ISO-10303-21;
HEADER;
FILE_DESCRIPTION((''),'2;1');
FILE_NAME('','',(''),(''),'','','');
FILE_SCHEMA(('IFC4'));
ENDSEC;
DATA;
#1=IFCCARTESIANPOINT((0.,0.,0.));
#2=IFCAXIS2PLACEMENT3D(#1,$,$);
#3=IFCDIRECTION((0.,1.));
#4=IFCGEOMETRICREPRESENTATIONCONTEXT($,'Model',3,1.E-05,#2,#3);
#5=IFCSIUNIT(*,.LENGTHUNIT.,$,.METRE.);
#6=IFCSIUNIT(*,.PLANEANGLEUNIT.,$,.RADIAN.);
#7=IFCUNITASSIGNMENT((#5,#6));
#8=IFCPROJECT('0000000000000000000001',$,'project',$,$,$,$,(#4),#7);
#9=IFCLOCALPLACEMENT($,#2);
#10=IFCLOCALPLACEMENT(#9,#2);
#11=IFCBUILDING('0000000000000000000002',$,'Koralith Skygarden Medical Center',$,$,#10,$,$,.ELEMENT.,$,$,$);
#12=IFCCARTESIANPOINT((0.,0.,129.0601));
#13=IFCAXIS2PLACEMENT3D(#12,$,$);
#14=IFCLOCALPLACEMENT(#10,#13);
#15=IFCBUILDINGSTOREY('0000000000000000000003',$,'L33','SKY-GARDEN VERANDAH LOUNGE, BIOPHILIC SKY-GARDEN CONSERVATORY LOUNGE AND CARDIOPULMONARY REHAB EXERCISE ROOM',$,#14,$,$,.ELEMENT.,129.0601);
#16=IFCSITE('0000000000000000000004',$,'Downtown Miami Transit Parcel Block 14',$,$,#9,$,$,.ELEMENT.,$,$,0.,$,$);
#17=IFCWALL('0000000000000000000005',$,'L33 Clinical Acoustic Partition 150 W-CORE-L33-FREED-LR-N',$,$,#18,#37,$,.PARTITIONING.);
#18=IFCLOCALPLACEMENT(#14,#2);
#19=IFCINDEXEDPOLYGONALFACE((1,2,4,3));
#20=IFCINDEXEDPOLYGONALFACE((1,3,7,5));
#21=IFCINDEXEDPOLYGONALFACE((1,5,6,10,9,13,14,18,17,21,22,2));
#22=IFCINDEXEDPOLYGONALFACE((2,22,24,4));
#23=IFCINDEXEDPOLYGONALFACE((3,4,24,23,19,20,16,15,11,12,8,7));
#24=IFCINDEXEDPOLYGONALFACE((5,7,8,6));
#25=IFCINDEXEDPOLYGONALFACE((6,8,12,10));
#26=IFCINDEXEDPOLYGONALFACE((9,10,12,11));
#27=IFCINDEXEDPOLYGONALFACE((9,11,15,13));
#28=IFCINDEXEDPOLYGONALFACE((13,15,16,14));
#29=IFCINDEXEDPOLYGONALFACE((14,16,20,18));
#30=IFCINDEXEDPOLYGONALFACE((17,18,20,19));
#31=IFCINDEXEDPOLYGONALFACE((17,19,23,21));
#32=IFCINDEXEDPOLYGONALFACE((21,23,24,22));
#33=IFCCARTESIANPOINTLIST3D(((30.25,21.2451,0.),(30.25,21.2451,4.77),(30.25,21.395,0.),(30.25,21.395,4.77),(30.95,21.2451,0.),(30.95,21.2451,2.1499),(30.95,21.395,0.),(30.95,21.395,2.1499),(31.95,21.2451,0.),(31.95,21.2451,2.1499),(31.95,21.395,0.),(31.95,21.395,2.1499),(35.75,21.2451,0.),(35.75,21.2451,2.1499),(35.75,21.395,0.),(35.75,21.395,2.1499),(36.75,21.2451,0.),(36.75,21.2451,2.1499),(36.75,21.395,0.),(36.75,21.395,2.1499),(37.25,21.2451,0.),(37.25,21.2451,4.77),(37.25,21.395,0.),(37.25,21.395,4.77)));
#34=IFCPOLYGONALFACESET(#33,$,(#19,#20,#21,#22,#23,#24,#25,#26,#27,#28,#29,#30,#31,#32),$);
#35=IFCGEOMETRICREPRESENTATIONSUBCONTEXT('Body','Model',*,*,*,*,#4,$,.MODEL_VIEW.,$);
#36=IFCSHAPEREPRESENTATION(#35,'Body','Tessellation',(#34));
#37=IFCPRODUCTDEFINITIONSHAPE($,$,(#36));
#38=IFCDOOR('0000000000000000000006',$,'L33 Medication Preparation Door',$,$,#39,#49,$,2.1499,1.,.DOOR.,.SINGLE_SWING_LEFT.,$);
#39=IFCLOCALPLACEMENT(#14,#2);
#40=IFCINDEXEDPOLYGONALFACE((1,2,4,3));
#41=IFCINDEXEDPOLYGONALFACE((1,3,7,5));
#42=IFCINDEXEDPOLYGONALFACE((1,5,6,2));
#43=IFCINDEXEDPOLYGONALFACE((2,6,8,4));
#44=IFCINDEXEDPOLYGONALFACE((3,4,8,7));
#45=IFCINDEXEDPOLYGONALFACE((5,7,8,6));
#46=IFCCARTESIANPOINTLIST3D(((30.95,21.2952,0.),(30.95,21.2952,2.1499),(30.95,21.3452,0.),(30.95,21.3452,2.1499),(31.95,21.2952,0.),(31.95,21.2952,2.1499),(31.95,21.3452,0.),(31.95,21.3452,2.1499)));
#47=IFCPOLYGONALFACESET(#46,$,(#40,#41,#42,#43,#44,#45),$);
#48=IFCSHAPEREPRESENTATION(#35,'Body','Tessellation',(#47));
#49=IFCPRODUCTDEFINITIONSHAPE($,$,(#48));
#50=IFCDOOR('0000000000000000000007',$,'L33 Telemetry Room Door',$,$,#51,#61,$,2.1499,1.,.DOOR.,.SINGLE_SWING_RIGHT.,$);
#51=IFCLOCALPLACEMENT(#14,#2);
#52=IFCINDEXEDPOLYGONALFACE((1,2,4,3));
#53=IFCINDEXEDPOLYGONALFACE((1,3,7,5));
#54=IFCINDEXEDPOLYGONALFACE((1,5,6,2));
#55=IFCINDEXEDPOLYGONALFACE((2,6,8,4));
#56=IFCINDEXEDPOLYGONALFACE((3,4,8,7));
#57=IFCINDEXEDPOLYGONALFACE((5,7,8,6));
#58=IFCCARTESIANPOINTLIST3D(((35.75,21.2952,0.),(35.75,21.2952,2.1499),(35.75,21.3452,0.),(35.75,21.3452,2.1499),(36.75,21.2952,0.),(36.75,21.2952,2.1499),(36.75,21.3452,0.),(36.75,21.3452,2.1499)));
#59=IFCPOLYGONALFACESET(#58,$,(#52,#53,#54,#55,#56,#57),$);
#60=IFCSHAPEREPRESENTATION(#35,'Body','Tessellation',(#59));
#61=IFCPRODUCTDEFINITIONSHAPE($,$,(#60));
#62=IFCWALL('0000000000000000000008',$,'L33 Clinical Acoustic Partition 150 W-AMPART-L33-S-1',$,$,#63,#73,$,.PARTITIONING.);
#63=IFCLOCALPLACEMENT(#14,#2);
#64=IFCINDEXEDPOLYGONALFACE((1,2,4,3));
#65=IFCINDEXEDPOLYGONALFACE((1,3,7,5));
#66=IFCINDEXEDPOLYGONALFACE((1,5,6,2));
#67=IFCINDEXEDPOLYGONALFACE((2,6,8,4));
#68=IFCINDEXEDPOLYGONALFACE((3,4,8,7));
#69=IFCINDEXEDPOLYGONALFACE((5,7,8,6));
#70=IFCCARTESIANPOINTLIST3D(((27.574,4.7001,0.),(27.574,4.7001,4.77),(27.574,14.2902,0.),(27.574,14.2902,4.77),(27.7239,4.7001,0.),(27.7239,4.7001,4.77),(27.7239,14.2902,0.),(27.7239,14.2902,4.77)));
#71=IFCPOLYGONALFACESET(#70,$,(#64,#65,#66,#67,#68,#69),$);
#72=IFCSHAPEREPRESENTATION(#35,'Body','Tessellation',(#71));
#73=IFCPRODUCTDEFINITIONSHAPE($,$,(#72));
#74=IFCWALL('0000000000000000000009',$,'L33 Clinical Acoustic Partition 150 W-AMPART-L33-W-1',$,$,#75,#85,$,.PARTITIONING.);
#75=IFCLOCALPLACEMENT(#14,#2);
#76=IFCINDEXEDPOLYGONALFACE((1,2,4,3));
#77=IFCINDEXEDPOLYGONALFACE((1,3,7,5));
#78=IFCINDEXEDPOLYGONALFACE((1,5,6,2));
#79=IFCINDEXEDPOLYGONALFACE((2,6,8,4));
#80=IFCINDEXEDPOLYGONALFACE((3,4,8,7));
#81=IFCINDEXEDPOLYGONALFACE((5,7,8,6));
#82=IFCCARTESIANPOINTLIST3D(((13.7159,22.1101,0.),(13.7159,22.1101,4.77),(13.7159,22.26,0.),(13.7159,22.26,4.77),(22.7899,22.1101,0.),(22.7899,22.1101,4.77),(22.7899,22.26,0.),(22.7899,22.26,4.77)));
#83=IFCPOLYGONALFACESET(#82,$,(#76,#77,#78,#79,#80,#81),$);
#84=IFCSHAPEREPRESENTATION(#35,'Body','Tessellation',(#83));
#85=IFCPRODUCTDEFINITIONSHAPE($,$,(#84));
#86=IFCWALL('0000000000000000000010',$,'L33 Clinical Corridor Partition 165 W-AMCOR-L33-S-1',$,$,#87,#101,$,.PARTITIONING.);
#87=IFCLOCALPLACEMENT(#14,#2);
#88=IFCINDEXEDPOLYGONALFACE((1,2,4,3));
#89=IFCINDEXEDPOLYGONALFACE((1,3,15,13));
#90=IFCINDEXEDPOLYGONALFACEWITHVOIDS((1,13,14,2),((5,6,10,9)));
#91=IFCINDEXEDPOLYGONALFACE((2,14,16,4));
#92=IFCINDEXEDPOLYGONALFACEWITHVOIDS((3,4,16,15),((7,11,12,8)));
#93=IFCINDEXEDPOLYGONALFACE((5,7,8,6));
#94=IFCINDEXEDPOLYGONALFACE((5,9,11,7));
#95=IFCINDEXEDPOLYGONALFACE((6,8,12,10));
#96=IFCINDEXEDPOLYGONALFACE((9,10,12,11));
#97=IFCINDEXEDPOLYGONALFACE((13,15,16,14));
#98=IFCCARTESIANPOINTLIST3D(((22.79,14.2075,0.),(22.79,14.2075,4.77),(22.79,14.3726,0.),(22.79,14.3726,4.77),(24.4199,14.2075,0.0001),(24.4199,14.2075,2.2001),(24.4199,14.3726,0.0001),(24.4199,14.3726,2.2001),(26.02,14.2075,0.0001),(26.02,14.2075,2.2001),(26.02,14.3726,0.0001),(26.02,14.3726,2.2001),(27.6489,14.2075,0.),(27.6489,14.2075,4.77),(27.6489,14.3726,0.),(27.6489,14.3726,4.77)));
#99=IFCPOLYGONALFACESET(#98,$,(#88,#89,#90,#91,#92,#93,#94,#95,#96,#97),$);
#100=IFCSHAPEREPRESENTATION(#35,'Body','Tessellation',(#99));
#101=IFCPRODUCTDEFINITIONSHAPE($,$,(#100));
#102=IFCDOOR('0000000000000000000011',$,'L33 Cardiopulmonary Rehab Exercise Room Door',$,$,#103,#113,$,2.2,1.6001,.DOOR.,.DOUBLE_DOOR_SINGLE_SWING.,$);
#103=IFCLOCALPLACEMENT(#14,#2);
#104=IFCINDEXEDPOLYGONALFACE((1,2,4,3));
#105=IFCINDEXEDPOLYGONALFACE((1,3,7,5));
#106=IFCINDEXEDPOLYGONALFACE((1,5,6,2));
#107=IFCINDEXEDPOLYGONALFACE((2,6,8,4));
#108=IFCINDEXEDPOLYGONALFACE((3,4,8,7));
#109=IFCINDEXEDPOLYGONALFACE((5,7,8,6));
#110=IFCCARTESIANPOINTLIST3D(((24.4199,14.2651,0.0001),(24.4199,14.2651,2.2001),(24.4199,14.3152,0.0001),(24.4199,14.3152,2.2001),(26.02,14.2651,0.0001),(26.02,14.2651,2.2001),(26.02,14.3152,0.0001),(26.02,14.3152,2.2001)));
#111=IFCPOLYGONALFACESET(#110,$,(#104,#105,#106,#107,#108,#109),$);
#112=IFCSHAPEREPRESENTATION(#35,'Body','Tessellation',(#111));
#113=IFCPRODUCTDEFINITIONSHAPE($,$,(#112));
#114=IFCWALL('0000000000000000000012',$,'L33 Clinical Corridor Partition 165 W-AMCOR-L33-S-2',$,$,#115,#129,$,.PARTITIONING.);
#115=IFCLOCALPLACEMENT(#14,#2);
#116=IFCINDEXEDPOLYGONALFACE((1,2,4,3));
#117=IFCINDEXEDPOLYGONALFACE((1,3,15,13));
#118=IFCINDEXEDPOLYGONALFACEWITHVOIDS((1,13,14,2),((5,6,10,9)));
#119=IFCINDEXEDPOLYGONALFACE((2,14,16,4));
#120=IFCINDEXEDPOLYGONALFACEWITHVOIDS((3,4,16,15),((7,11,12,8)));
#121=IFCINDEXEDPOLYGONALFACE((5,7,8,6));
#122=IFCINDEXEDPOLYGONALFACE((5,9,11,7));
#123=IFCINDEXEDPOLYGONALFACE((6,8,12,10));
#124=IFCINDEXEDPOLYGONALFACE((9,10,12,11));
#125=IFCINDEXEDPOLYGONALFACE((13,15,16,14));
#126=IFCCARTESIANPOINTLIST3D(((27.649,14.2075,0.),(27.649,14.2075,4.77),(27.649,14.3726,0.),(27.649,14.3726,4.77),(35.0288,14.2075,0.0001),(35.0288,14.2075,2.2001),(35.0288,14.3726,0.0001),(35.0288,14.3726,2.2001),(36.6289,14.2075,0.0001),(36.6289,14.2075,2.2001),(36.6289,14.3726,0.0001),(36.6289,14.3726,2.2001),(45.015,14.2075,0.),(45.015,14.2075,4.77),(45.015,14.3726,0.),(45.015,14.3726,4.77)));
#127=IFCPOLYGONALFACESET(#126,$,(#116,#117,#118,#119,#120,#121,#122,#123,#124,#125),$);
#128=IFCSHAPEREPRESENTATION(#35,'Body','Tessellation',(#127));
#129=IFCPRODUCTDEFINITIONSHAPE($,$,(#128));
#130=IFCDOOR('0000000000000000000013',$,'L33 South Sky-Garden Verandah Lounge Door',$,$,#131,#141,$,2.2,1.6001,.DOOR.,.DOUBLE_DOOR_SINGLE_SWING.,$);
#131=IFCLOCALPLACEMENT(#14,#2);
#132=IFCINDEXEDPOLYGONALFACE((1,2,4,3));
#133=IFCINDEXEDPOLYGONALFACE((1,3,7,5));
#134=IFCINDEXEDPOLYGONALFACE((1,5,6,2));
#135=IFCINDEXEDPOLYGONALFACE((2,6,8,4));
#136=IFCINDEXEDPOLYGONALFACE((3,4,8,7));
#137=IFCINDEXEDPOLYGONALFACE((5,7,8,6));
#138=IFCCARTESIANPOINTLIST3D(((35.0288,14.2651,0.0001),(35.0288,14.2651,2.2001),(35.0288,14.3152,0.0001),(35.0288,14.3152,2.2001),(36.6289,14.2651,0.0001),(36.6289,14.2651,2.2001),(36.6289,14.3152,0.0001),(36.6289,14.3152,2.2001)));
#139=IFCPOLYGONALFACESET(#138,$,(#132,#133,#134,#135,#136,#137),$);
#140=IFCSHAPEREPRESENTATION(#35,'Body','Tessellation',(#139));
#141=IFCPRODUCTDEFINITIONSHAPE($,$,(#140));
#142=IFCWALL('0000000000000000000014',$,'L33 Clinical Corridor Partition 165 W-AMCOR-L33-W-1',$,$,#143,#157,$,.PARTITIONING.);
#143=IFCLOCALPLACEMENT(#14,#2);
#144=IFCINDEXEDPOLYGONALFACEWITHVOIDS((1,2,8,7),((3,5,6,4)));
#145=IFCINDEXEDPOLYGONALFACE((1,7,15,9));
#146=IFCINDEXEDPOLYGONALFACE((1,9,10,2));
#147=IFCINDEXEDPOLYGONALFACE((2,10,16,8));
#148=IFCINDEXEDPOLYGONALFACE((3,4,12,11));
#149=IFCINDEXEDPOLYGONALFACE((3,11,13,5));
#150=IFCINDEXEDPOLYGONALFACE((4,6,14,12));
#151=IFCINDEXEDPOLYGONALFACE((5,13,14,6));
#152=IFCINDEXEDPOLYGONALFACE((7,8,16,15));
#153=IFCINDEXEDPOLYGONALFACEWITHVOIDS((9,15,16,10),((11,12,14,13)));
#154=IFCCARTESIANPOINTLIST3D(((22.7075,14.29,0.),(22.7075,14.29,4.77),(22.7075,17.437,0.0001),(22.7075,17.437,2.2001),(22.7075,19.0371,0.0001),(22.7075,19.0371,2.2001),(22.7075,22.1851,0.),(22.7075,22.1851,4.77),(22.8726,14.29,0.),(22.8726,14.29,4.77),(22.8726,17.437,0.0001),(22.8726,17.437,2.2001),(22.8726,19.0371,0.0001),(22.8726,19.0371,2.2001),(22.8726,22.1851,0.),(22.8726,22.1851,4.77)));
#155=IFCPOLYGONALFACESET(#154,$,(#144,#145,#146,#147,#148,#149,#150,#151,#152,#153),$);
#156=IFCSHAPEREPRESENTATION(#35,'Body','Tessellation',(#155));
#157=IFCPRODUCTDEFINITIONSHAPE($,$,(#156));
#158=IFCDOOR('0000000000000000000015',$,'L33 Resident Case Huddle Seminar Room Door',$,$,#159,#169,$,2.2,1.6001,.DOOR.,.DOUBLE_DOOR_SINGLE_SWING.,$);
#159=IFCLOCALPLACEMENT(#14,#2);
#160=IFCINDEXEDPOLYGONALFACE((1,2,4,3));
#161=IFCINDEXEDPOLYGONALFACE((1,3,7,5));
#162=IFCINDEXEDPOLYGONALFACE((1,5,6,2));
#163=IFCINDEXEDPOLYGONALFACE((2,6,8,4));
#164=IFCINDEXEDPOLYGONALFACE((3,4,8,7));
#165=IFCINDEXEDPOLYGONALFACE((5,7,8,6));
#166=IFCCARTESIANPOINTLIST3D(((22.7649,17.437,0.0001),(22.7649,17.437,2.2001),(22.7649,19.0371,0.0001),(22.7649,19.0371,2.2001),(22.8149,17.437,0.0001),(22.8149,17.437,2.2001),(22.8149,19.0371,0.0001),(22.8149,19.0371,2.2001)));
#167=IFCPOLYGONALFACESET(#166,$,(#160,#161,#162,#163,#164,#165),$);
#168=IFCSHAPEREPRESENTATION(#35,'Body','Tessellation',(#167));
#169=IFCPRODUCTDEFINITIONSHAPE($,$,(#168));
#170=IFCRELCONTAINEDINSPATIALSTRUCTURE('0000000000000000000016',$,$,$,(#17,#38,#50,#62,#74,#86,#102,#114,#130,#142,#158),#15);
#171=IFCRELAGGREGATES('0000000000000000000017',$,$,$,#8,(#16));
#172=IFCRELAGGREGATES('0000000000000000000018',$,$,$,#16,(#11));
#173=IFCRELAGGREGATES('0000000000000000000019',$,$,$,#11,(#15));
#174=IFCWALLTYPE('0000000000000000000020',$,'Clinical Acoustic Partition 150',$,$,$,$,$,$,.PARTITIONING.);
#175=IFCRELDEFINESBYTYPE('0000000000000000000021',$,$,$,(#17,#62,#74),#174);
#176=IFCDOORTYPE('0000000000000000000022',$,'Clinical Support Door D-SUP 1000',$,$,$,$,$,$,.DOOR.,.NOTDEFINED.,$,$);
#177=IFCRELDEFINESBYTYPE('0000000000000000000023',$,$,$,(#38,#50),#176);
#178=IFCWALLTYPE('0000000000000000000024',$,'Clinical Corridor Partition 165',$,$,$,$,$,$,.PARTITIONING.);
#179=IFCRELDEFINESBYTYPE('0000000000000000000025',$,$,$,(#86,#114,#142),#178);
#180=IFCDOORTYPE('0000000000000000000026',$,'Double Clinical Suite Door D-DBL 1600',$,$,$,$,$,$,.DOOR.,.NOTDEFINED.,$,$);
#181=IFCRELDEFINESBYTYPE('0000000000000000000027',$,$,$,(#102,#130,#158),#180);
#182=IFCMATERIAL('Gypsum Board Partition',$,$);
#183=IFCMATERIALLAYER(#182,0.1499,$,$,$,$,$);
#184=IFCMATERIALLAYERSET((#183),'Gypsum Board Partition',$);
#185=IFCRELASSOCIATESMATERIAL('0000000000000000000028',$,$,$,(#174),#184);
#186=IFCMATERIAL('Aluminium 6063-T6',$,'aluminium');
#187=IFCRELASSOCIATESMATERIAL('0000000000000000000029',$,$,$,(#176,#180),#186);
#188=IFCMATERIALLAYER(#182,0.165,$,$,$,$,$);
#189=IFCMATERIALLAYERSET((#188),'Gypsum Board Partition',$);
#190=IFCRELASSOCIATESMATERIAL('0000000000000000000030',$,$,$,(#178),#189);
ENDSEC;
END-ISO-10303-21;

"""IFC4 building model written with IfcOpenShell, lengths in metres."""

from ifc_helpers import new_model, si_unit, direction, frame, frame_2d, origin, place, context, subcontext, project, spatial, rectangle, extrude, material, layer, layer_set, type_object, element, fill, save


model = new_model("IFC4")

# Units and contexts
model_context = context("Model", 3, precision=1e-05, world=origin(), true_north=direction((0.0, 1.0)))
body_context = subcontext(model_context, "Body", "Model", "MODEL_VIEW")
ifc_project = project(units=[si_unit("LENGTHUNIT", "METRE"), si_unit("PLANEANGLEUNIT", "RADIAN")], contexts=[model_context])

# Site, building, storey
site_placement = place(None, origin())
site = spatial("IfcSite", under=ifc_project, at=site_placement, Name="Downtown Miami Transit Parcel Block 14", CompositionType="ELEMENT", RefElevation=0.0)
building_placement = place(site_placement, origin())
building = spatial("IfcBuilding", under=site, at=building_placement, Name="Koralith Skygarden Medical Center", CompositionType="ELEMENT")
storey_placement = place(building_placement, frame((0.0, 0.0, 129.0601)))
storey = spatial("IfcBuildingStorey", under=building, at=storey_placement, Name="L33", Description="SKY-GARDEN VERANDAH LOUNGE, BIOPHILIC SKY-GARDEN CONSERVATORY LOUNGE AND CARDIOPULMONARY REHAB EXERCISE ROOM", CompositionType="ELEMENT", Elevation=129.0601)

# Wall, openings, doors
ifc_material_1 = material(Name="Gypsum Board Partition")
ifc_layer_1 = layer(ifc_material_1, 0.1499)
ifc_layer_set_1 = layer_set([ifc_layer_1], Name="Gypsum Board Partition")
wall_type_1 = type_object("IfcWallType", Name="Clinical Acoustic Partition 150", PredefinedType="PARTITIONING", material=ifc_layer_set_1)
wall_1_placement = place(storey_placement, frame((30.25, 21.3201, 0.0), z_axis=(0.0, 0.0, 1.0), x_axis=(1.0, 0.0, 0.0)))
wall_1 = element("IfcWall", 1, at=wall_1_placement, inside=storey, type_object=wall_type_1, Name="L33 Clinical Acoustic Partition 150 W-CORE-L33-FREED-LR-N", PredefinedType="PARTITIONING", context=body_context, shape_type="SweptSolid", body=[
    extrude(rectangle(XDim=7.0, YDim=0.1499, at=frame_2d((3.5, 0.0))), origin(), (0.0, 0.0, 1.0), 4.77),
])
opening_1_placement = place(wall_1_placement, frame((0.7, 0.0, 0.0)))
opening_1 = element("IfcOpeningElement", 2, at=opening_1_placement, cuts=wall_1, PredefinedType="OPENING", context=body_context, shape_type="SweptSolid", body=[
    extrude(rectangle(XDim=1.0, YDim=2.1499, at=frame_2d((0.5, 1.075))), frame((0.0, 0.085, 0.0), z_axis=(0.0, -1.0, 0.0), x_axis=(1.0, 0.0, 0.0)), (0.0, 0.0, 1.0), 0.1699),
])
opening_2_placement = place(wall_1_placement, frame((5.5, 0.0, 0.0)))
opening_2 = element("IfcOpeningElement", 3, at=opening_2_placement, cuts=wall_1, PredefinedType="OPENING", context=body_context, shape_type="SweptSolid", body=[
    extrude(rectangle(XDim=1.0, YDim=2.1499, at=frame_2d((0.5, 1.075))), frame((0.0, 0.085, 0.0), z_axis=(0.0, -1.0, 0.0), x_axis=(1.0, 0.0, 0.0)), (0.0, 0.0, 1.0), 0.1699),
])
ifc_material_2 = material(Name="Aluminium 6063-T6", Category="aluminium")
door_type_1 = type_object("IfcDoorType", Name="Clinical Support Door D-SUP 1000", OperationType="NOTDEFINED", PredefinedType="DOOR", material=ifc_material_2)
door_1_placement = place(opening_1_placement, frame((1.0, 0.0, 0.0), z_axis=(0.0, 0.0, 1.0), x_axis=(-1.0, 0.0, 0.0)))
door_1 = element("IfcDoor", 4, at=door_1_placement, inside=storey, type_object=door_type_1, Name="L33 Medication Preparation Door", OperationType="SINGLE_SWING_LEFT", OverallHeight=2.1499, OverallWidth=1.0, PredefinedType="DOOR", context=body_context, shape_type="SweptSolid", body=[
    extrude(rectangle(XDim=1.0, YDim=2.1499, at=frame_2d((0.5, 1.075))), frame((0.0, 0.0249, 0.0), z_axis=(0.0, -1.0, 0.0), x_axis=(1.0, 0.0, 0.0)), (0.0, 0.0, 1.0), 0.05),
])
fill(opening_1, door_1)
door_2_placement = place(opening_2_placement, frame((1.0, 0.0, 0.0), z_axis=(0.0, 0.0, 1.0), x_axis=(-1.0, 0.0, 0.0)))
door_2 = element("IfcDoor", 5, at=door_2_placement, inside=storey, type_object=door_type_1, Name="L33 Telemetry Room Door", OperationType="SINGLE_SWING_RIGHT", OverallHeight=2.1499, OverallWidth=1.0, PredefinedType="DOOR", context=body_context, shape_type="SweptSolid", body=[
    extrude(rectangle(XDim=1.0, YDim=2.1499, at=frame_2d((0.5, 1.075))), frame((0.0, 0.0249, 0.0), z_axis=(0.0, -1.0, 0.0), x_axis=(1.0, 0.0, 0.0)), (0.0, 0.0, 1.0), 0.05),
])
fill(opening_2, door_2)

# Walls
wall_2_placement = place(storey_placement, frame((27.6489, 14.29, 0.0), z_axis=(0.0, 0.0, 1.0), x_axis=(0.0, -1.0, 0.0)))
element("IfcWall", 6, at=wall_2_placement, inside=storey, type_object=wall_type_1, Name="L33 Clinical Acoustic Partition 150 W-AMPART-L33-S-1", PredefinedType="PARTITIONING", context=body_context, shape_type="SweptSolid", body=[
    extrude(rectangle(XDim=9.5901, YDim=0.1499, at=frame_2d((4.7949, 0.0))), origin(), (0.0, 0.0, 1.0), 4.77),
])
wall_3_placement = place(storey_placement, frame((22.79, 22.1851, 0.0), z_axis=(0.0, 0.0, 1.0), x_axis=(-1.0, 0.0, 0.0)))
element("IfcWall", 7, at=wall_3_placement, inside=storey, type_object=wall_type_1, Name="L33 Clinical Acoustic Partition 150 W-AMPART-L33-W-1", PredefinedType="PARTITIONING", context=body_context, shape_type="SweptSolid", body=[
    extrude(rectangle(XDim=9.074, YDim=0.1499, at=frame_2d((4.5371, 0.0))), origin(), (0.0, 0.0, 1.0), 4.77),
])

# Walls, openings, doors
ifc_layer_2 = layer(ifc_material_1, 0.165)
ifc_layer_set_2 = layer_set([ifc_layer_2], Name="Gypsum Board Partition")
wall_type_2 = type_object("IfcWallType", Name="Clinical Corridor Partition 165", PredefinedType="PARTITIONING", material=ifc_layer_set_2)
wall_4_placement = place(storey_placement, frame((22.79, 14.29, 0.0), z_axis=(0.0, 0.0, 1.0), x_axis=(1.0, 0.0, 0.0)))
wall_4 = element("IfcWall", 8, at=wall_4_placement, inside=storey, type_object=wall_type_2, Name="L33 Clinical Corridor Partition 165 W-AMCOR-L33-S-1", PredefinedType="PARTITIONING", context=body_context, shape_type="SweptSolid", body=[
    extrude(rectangle(XDim=4.8589, YDim=0.165, at=frame_2d((2.4294, 0.0))), origin(), (0.0, 0.0, 1.0), 4.77),
])
opening_3_placement = place(wall_4_placement, frame((1.6299, 0.0, 0.0)))
opening_3 = element("IfcOpeningElement", 9, at=opening_3_placement, cuts=wall_4, PredefinedType="OPENING", context=body_context, shape_type="SweptSolid", body=[
    extrude(rectangle(XDim=1.6001, YDim=2.2, at=frame_2d((0.8, 1.1001))), frame((0.0, 0.0925, 0.0), z_axis=(0.0, -1.0, 0.0), x_axis=(1.0, 0.0, 0.0)), (0.0, 0.0, 1.0), 0.1851),
])
door_type_2 = type_object("IfcDoorType", Name="Double Clinical Suite Door D-DBL 1600", OperationType="NOTDEFINED", PredefinedType="DOOR", material=ifc_material_2)
door_3_placement = place(opening_3_placement, frame((1.6001, 0.0, 0.0), z_axis=(0.0, 0.0, 1.0), x_axis=(-1.0, 0.0, 0.0)))
door_3 = element("IfcDoor", 10, at=door_3_placement, inside=storey, type_object=door_type_2, Name="L33 Cardiopulmonary Rehab Exercise Room Door", OperationType="DOUBLE_DOOR_SINGLE_SWING", OverallHeight=2.2, OverallWidth=1.6001, PredefinedType="DOOR", context=body_context, shape_type="SweptSolid", body=[
    extrude(rectangle(XDim=1.6001, YDim=2.2, at=frame_2d((0.8, 1.1001))), frame((0.0, 0.0249, 0.0), z_axis=(0.0, -1.0, 0.0), x_axis=(1.0, 0.0, 0.0)), (0.0, 0.0, 1.0), 0.05),
])
fill(opening_3, door_3)
wall_5_placement = place(storey_placement, frame((27.6489, 14.29, 0.0), z_axis=(0.0, 0.0, 1.0), x_axis=(1.0, 0.0, 0.0)))
wall_5 = element("IfcWall", 11, at=wall_5_placement, inside=storey, type_object=wall_type_2, Name="L33 Clinical Corridor Partition 165 W-AMCOR-L33-S-2", PredefinedType="PARTITIONING", context=body_context, shape_type="SweptSolid", body=[
    extrude(rectangle(XDim=17.366, YDim=0.165, at=frame_2d((8.6831, 0.0))), origin(), (0.0, 0.0, 1.0), 4.77),
])
opening_4_placement = place(wall_5_placement, frame((7.3799, 0.0, 0.0)))
opening_4 = element("IfcOpeningElement", 12, at=opening_4_placement, cuts=wall_5, PredefinedType="OPENING", context=body_context, shape_type="SweptSolid", body=[
    extrude(rectangle(XDim=1.6001, YDim=2.2, at=frame_2d((0.8, 1.1001))), frame((0.0, 0.0925, 0.0), z_axis=(0.0, -1.0, 0.0), x_axis=(1.0, 0.0, 0.0)), (0.0, 0.0, 1.0), 0.1851),
])
door_4_placement = place(opening_4_placement, frame((1.6001, 0.0, 0.0), z_axis=(0.0, 0.0, 1.0), x_axis=(-1.0, 0.0, 0.0)))
door_4 = element("IfcDoor", 13, at=door_4_placement, inside=storey, type_object=door_type_2, Name="L33 South Sky-Garden Verandah Lounge Door", OperationType="DOUBLE_DOOR_SINGLE_SWING", OverallHeight=2.2, OverallWidth=1.6001, PredefinedType="DOOR", context=body_context, shape_type="SweptSolid", body=[
    extrude(rectangle(XDim=1.6001, YDim=2.2, at=frame_2d((0.8, 1.1001))), frame((0.0, 0.0249, 0.0), z_axis=(0.0, -1.0, 0.0), x_axis=(1.0, 0.0, 0.0)), (0.0, 0.0, 1.0), 0.05),
])
fill(opening_4, door_4)
wall_6_placement = place(storey_placement, frame((22.79, 14.29, 0.0), z_axis=(0.0, 0.0, 1.0), x_axis=(0.0, 1.0, 0.0)))
wall_6 = element("IfcWall", 14, at=wall_6_placement, inside=storey, type_object=wall_type_2, Name="L33 Clinical Corridor Partition 165 W-AMCOR-L33-W-1", PredefinedType="PARTITIONING", context=body_context, shape_type="SweptSolid", body=[
    extrude(rectangle(XDim=7.895, YDim=0.165, at=frame_2d((3.9475, 0.0))), origin(), (0.0, 0.0, 1.0), 4.77),
])
opening_5_placement = place(wall_6_placement, frame((3.147, 0.0, 0.0)))
opening_5 = element("IfcOpeningElement", 15, at=opening_5_placement, cuts=wall_6, PredefinedType="OPENING", context=body_context, shape_type="SweptSolid", body=[
    extrude(rectangle(XDim=1.6001, YDim=2.2, at=frame_2d((0.8, 1.1001))), frame((0.0, 0.0925, 0.0), z_axis=(0.0, -1.0, 0.0), x_axis=(1.0, 0.0, 0.0)), (0.0, 0.0, 1.0), 0.1851),
])
door_5_placement = place(opening_5_placement, frame((1.6001, 0.0, 0.0), z_axis=(0.0, 0.0, 1.0), x_axis=(-1.0, 0.0, 0.0)))
door_5 = element("IfcDoor", 16, at=door_5_placement, inside=storey, type_object=door_type_2, Name="L33 Resident Case Huddle Seminar Room Door", OperationType="DOUBLE_DOOR_SINGLE_SWING", OverallHeight=2.2, OverallWidth=1.6001, PredefinedType="DOOR", context=body_context, shape_type="SweptSolid", body=[
    extrude(rectangle(XDim=1.6001, YDim=2.2, at=frame_2d((0.8, 1.1001))), frame((0.0, 0.0249, 0.0), z_axis=(0.0, -1.0, 0.0), x_axis=(1.0, 0.0, 0.0)), (0.0, 0.0, 1.0), 0.05),
])
fill(opening_5, door_5)

save(model, "model.ifc")
